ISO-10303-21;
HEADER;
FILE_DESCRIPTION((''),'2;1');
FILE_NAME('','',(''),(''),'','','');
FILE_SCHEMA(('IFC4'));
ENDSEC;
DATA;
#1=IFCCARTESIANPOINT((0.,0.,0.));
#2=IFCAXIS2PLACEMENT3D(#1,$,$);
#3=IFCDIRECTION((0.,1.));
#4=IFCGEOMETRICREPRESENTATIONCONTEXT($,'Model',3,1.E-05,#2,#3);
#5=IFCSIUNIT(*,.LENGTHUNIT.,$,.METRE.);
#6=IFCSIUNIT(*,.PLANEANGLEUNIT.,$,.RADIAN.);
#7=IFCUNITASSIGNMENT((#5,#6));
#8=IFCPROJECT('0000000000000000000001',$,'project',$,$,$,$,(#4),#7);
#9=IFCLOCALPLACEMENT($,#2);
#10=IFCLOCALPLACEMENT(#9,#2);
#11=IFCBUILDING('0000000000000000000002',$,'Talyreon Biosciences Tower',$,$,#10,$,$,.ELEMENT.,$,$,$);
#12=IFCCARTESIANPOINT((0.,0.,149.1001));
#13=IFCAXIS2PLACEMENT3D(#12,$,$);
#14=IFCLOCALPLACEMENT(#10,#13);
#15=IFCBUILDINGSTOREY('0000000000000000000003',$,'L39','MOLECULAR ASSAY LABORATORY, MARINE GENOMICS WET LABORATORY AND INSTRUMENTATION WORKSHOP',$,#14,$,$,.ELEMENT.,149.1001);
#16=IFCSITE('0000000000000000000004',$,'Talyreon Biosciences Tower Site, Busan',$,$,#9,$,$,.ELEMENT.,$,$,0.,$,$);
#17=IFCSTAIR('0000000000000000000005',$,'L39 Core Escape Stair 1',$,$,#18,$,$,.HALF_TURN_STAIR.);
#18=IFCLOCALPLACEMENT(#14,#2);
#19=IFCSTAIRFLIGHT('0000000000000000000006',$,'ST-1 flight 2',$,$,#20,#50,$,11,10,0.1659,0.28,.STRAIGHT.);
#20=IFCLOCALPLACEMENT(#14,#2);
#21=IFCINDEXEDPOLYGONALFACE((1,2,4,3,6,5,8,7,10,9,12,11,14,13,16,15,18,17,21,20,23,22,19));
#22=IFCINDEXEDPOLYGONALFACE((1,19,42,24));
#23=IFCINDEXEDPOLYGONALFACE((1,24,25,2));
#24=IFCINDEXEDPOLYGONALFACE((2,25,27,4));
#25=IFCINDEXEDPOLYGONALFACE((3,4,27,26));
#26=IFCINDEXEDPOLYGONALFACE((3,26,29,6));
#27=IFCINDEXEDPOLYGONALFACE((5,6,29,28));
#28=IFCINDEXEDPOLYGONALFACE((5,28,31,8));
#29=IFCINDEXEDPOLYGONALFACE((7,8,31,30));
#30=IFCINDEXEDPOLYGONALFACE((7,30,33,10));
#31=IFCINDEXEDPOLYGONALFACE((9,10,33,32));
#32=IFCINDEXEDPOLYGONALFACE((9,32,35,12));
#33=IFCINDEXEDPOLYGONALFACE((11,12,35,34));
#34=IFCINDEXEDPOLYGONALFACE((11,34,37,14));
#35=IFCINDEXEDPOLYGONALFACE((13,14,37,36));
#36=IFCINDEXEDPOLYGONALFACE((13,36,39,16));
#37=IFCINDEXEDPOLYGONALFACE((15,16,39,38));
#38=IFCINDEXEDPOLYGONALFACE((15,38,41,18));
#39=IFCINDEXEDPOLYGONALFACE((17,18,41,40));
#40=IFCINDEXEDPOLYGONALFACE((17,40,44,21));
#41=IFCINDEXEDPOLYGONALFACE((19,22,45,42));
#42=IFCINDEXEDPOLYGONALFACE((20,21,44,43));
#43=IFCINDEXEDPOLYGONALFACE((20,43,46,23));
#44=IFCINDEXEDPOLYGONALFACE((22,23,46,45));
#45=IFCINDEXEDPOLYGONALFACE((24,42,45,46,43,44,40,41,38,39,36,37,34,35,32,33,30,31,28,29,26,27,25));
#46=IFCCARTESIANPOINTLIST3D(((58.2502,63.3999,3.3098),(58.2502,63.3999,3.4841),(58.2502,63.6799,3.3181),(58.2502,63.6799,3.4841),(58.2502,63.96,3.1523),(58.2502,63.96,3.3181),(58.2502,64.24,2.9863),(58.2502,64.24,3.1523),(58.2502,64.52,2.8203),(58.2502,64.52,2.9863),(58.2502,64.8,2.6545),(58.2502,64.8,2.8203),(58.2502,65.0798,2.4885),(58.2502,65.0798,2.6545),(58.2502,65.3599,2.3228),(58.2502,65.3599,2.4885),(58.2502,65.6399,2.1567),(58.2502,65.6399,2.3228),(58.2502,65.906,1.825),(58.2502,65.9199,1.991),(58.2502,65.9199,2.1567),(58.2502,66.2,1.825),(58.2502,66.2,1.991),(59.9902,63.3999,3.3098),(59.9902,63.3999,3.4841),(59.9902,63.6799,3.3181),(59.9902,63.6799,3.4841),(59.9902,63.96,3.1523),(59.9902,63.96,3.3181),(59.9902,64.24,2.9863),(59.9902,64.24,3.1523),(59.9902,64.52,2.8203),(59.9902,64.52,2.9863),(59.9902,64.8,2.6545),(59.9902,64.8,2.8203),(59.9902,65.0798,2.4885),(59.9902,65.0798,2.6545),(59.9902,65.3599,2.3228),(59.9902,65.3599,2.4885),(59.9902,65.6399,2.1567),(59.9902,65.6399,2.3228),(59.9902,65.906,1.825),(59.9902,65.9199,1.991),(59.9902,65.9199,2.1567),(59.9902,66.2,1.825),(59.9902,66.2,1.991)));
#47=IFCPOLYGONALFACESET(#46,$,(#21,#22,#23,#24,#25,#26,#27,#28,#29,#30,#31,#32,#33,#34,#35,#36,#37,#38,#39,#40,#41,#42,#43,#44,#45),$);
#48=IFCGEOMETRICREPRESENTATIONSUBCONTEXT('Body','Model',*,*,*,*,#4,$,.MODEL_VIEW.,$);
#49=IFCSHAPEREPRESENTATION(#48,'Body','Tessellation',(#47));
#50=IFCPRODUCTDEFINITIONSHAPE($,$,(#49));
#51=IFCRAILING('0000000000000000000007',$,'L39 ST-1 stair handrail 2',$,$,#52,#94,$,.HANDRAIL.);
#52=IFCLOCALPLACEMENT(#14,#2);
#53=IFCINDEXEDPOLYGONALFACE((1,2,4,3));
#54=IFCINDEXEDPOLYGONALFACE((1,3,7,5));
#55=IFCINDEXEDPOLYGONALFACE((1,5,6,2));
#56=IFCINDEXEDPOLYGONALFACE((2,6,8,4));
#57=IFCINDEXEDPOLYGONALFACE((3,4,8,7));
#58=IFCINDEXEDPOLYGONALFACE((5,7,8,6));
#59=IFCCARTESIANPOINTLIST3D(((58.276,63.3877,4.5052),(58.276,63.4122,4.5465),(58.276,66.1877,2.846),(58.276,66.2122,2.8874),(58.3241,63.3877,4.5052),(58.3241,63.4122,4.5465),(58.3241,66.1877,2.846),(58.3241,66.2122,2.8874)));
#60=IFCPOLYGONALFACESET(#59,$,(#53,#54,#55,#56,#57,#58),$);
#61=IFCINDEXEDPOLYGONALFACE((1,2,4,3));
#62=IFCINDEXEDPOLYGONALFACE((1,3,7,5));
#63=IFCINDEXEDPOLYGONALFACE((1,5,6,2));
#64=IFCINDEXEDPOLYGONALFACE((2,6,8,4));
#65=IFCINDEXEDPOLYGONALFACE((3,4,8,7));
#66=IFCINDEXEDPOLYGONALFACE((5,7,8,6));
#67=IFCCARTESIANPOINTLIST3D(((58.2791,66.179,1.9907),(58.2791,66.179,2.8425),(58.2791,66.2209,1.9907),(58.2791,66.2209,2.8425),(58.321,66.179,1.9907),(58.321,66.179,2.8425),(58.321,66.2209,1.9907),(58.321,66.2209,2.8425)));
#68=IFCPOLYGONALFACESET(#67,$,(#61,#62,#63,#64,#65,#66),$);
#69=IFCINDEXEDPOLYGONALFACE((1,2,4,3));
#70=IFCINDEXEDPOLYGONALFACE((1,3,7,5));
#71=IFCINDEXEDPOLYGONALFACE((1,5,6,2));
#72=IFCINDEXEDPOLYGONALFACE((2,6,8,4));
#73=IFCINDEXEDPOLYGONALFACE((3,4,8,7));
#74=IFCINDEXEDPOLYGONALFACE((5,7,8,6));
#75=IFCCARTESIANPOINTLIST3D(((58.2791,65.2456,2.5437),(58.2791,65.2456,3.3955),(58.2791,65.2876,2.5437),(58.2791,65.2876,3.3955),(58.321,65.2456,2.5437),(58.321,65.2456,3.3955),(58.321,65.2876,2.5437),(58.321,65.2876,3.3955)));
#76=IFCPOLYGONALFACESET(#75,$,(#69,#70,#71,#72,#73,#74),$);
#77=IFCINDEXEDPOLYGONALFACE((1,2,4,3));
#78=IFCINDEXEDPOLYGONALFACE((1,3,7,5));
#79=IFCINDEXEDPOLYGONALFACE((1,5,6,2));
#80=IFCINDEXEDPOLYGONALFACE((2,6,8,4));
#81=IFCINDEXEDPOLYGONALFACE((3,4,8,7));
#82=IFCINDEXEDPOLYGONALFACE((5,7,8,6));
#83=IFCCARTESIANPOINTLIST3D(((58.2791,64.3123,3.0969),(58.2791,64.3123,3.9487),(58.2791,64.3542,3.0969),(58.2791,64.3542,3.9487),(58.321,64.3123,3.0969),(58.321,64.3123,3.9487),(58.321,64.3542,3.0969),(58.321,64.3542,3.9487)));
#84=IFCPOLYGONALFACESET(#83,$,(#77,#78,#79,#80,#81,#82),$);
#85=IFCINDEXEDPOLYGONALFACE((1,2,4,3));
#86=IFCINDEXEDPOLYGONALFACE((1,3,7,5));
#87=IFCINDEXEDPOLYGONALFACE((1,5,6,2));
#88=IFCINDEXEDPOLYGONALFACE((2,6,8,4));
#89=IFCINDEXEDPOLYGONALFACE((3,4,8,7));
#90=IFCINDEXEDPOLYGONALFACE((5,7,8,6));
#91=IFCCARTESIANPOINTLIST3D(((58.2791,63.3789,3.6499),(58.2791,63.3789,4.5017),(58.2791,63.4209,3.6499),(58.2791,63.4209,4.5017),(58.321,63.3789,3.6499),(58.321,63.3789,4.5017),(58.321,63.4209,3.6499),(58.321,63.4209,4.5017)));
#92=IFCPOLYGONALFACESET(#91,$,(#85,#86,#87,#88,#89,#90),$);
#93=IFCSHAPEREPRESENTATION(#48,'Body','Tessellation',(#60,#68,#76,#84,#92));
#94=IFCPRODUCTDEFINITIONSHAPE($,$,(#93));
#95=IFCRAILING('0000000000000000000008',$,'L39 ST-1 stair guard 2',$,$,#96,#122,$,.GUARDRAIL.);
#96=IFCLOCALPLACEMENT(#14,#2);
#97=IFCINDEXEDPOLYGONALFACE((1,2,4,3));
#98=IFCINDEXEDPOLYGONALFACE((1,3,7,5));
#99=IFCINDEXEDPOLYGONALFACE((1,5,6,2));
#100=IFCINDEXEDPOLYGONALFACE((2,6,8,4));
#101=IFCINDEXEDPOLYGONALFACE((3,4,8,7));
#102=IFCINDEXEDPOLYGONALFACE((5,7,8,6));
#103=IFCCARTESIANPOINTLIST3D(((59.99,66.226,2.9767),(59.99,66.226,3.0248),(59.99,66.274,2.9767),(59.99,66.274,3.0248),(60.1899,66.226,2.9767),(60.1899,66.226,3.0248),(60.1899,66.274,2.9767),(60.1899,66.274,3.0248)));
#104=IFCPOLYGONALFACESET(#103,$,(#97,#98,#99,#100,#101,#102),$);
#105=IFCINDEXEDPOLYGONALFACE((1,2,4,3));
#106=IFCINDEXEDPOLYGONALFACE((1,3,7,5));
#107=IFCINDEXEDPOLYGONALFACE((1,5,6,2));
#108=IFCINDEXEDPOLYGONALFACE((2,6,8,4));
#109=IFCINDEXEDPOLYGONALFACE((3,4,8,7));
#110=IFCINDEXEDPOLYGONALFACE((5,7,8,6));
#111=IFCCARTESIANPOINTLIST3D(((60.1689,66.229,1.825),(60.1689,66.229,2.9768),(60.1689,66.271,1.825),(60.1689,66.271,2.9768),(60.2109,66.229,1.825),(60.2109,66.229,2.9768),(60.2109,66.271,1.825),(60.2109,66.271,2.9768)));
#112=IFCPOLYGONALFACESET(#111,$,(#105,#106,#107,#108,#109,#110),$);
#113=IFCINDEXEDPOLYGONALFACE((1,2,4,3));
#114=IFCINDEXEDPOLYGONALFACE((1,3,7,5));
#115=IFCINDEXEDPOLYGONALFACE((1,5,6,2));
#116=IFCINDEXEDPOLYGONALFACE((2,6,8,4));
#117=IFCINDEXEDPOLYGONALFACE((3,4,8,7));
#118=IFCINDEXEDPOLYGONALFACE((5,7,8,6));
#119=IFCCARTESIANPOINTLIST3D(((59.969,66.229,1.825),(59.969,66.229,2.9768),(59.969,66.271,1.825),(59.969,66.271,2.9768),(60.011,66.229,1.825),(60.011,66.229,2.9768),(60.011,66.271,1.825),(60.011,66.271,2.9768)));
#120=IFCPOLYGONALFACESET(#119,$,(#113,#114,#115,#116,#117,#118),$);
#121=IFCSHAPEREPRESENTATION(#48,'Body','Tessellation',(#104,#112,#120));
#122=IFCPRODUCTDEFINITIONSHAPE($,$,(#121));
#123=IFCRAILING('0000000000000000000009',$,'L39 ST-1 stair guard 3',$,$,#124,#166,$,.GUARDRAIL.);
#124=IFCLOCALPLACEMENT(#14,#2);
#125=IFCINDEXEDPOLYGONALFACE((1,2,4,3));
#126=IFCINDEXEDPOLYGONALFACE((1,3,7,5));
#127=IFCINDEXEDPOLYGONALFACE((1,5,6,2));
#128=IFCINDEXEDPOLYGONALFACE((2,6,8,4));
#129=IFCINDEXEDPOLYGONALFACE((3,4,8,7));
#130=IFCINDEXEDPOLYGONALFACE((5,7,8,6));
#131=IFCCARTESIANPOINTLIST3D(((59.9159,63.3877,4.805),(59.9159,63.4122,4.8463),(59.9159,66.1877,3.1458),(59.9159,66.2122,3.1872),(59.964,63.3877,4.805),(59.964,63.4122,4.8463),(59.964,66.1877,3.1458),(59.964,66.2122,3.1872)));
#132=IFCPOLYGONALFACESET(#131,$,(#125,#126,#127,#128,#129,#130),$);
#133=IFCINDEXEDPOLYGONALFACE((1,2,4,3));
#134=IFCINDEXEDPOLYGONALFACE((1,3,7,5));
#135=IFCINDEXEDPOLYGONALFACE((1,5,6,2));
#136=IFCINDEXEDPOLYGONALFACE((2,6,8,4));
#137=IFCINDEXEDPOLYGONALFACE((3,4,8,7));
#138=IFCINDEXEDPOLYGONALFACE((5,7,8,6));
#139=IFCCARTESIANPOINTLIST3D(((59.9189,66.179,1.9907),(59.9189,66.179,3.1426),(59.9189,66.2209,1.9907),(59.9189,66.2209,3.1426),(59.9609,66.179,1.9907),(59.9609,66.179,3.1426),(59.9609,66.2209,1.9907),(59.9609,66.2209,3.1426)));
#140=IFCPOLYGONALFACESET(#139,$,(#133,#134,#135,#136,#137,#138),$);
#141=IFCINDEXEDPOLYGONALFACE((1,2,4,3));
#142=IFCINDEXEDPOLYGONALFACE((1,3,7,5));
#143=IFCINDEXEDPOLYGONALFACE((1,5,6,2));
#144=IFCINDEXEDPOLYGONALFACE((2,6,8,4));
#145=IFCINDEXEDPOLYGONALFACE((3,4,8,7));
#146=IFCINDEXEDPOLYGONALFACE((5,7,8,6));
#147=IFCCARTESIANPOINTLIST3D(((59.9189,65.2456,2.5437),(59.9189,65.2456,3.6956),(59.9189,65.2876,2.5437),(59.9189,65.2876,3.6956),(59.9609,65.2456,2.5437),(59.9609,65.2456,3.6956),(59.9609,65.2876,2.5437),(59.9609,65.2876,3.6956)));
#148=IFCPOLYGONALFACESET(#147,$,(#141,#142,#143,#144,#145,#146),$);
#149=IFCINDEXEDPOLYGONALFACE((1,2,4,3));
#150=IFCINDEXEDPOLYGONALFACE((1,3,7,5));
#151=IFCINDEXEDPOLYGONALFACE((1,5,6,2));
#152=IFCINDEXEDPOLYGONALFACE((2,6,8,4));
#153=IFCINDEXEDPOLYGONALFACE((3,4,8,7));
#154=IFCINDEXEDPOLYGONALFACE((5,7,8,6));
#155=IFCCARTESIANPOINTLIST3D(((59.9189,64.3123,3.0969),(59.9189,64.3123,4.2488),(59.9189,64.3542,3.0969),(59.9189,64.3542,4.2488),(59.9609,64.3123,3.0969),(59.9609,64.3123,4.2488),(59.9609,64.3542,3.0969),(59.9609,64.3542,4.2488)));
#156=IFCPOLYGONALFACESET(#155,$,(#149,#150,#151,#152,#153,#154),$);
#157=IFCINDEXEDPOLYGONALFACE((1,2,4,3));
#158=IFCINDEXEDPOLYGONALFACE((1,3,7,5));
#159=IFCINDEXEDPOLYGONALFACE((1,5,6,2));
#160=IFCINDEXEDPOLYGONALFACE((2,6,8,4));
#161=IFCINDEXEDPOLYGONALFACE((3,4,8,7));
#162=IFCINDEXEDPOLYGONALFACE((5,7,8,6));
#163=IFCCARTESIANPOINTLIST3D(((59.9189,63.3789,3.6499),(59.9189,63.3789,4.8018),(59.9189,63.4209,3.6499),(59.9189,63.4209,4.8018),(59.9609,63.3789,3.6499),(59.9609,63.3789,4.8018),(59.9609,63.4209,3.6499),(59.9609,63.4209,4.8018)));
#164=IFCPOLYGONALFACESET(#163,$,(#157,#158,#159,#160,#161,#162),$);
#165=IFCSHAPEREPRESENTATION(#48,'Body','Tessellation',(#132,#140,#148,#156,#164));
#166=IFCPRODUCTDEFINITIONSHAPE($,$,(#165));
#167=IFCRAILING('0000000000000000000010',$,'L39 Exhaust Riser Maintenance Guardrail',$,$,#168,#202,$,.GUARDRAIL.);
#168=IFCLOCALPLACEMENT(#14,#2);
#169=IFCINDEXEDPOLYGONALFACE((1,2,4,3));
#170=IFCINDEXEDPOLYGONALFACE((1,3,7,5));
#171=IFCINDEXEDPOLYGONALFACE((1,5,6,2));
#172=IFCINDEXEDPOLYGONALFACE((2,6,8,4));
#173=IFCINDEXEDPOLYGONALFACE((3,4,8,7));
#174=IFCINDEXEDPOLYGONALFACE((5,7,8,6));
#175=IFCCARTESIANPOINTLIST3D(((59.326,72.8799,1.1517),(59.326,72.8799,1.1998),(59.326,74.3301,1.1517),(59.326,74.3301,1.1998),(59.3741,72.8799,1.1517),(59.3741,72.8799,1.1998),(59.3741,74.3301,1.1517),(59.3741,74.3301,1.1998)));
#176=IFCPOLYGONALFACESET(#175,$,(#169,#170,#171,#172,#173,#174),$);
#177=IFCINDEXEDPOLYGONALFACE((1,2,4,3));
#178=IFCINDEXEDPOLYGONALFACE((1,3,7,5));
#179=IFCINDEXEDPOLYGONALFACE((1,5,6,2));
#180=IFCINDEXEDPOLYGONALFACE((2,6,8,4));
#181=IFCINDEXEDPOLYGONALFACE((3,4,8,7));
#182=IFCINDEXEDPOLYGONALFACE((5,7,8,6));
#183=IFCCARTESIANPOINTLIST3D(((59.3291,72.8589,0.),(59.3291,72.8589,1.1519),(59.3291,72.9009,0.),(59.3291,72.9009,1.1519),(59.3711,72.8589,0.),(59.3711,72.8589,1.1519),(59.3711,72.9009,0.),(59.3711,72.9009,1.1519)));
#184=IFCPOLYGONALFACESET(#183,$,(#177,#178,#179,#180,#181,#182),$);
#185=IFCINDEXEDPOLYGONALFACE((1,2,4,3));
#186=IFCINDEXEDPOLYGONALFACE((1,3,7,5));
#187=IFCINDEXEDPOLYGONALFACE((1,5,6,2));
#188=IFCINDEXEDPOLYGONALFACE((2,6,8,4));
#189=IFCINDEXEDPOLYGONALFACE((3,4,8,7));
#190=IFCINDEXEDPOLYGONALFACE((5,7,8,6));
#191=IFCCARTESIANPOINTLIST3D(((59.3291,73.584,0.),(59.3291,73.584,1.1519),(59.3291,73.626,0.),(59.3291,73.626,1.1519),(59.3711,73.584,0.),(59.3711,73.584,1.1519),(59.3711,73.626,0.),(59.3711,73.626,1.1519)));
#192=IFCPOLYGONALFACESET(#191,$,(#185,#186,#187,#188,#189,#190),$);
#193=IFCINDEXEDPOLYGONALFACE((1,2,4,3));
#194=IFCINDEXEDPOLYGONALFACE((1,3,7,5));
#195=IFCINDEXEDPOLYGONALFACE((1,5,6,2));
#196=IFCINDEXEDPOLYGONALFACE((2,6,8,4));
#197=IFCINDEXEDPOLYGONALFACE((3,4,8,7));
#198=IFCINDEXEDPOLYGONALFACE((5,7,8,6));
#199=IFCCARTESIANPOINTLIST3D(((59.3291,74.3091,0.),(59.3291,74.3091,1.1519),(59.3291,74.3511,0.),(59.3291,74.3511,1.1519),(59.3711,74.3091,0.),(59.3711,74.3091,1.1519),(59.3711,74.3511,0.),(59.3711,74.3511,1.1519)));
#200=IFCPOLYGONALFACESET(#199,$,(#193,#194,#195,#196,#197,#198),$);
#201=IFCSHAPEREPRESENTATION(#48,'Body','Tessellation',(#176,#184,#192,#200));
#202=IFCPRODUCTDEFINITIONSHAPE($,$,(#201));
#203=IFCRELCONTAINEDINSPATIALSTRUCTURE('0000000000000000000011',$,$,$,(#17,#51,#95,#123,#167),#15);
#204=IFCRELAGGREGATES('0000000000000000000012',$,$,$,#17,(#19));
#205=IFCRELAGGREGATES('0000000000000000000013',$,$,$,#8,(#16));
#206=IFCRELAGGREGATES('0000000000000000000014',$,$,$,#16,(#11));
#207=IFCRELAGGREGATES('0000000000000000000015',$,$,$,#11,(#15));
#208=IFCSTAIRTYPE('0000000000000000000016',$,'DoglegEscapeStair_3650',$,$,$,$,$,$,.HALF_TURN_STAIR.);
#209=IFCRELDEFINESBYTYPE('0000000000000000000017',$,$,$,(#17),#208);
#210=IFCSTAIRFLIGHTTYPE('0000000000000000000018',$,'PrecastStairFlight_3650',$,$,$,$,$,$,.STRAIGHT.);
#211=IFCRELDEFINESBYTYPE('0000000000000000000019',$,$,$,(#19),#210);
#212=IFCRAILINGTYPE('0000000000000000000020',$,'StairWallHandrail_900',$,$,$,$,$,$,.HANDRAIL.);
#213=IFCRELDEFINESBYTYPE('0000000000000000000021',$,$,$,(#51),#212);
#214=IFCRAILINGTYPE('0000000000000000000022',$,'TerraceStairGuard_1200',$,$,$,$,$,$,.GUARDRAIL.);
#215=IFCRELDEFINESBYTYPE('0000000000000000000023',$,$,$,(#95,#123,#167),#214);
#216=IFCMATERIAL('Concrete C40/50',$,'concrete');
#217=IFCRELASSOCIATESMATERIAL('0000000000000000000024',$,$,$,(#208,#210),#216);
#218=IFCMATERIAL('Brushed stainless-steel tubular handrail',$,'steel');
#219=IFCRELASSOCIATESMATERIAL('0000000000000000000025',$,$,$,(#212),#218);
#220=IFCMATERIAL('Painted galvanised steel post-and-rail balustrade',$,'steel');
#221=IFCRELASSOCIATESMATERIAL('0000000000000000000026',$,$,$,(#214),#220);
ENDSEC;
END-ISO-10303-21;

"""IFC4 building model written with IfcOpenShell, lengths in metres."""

from ifc_helpers import new_model, si_unit, direction, frame, origin, origin_2d, place, context, subcontext, project, spatial, polyline, rectangle, outline, extrude, material, type_object, element, aggregate, save


model = new_model("IFC4")

# Units and contexts
model_context = context("Model", 3, precision=1e-05, world=origin(), true_north=direction((0.0, 1.0)))
body_context = subcontext(model_context, "Body", "Model", "MODEL_VIEW")
ifc_project = project(units=[si_unit("LENGTHUNIT", "METRE"), si_unit("PLANEANGLEUNIT", "RADIAN")], contexts=[model_context])

# Site, building, storey
site_placement = place(None, origin())
site = spatial("IfcSite", under=ifc_project, at=site_placement, Name="Talyreon Biosciences Tower Site, Busan", CompositionType="ELEMENT", RefElevation=0.0)
building_placement = place(site_placement, origin())
building = spatial("IfcBuilding", under=site, at=building_placement, Name="Talyreon Biosciences Tower", CompositionType="ELEMENT")
storey_placement = place(building_placement, frame((0.0, 0.0, 149.1001)))
storey = spatial("IfcBuildingStorey", under=building, at=storey_placement, Name="L39", Description="MOLECULAR ASSAY LABORATORY, MARINE GENOMICS WET LABORATORY AND INSTRUMENTATION WORKSHOP", CompositionType="ELEMENT", Elevation=149.1001)

# Stair, stair flight
ifc_material_1 = material(Name="Concrete C40/50", Category="concrete")
stair_type = type_object("IfcStairType", Name="DoglegEscapeStair_3650", PredefinedType="HALF_TURN_STAIR", material=ifc_material_1)
stair_placement = place(storey_placement, origin())
stair = element("IfcStair", 1, at=stair_placement, inside=storey, type_object=stair_type, Name="L39 Core Escape Stair 1", PredefinedType="HALF_TURN_STAIR")
stair_flight_type = type_object("IfcStairFlightType", Name="PrecastStairFlight_3650", PredefinedType="STRAIGHT", material=ifc_material_1)
stair_flight_placement = place(storey_placement, frame((59.1201, 66.2, 1.825), z_axis=(0.0, 0.0, 1.0), x_axis=(0.0, -1.0, 0.0)))
stair_flight = element("IfcStairFlight", 2, at=stair_flight_placement, type_object=stair_flight_type, Name="ST-1 flight 2", NumberOfRisers=11, NumberOfTreads=10, PredefinedType="STRAIGHT", RiserHeight=0.1659, TreadLength=0.28, context=body_context, shape_type="SweptSolid", body=[
    extrude(outline(polyline([(0.0, 0.0), (0.0, 0.166), (0.28, 0.166), (0.28, 0.3318), (0.5601, 0.3318), (0.5601, 0.4978), (0.8401, 0.4978), (0.8401, 0.6636), (1.1201, 0.6636), (1.1201, 0.8296), (1.3999, 0.8296), (1.3999, 0.9954), (1.6799, 0.9954), (1.6799, 1.1614), (1.96, 1.1614), (1.96, 1.3274), (2.24, 1.3274), (2.24, 1.4932), (2.52, 1.4932), (2.52, 1.6592), (2.8, 1.6592), (2.8, 1.825), (2.8, 1.4849), (0.2939, 0.0), (0.0, 0.0)])), frame((0.0, 0.8701, 0.0), z_axis=(0.0, -1.0, 0.0), x_axis=(1.0, 0.0, 0.0)), (0.0, 0.0, 1.0), 1.74),
])
aggregate(stair, [stair_flight])

# Railings
ifc_material_2 = material(Name="Brushed stainless-steel tubular handrail", Category="steel")
railing_type_1 = type_object("IfcRailingType", Name="StairWallHandrail_900", PredefinedType="HANDRAIL", material=ifc_material_2)
railing_1_placement = place(storey_placement, frame((58.3, 66.2, 1.9907)))
element("IfcRailing", 3, at=railing_1_placement, inside=storey, type_object=railing_type_1, Name="L39 ST-1 stair handrail 2", PredefinedType="HANDRAIL", context=body_context, shape_type="SweptSolid", body=[
    extrude(rectangle(XDim=0.0481, YDim=0.0481, at=origin_2d()), frame((0.0, 0.0, 0.876), z_axis=(0.0, -0.860306, 0.509778), x_axis=(1.0, 0.0, 0.0)), (0.0, 0.0, 1.0), 3.2546),
    extrude(rectangle(XDim=0.042, YDim=0.042, at=origin_2d()), origin(), (0.0, 0.0, 1.0), 0.8518),
    extrude(rectangle(XDim=0.042, YDim=0.042, at=origin_2d()), frame((0.0, -0.9333, 0.553)), (0.0, 0.0, 1.0), 0.8518),
    extrude(rectangle(XDim=0.042, YDim=0.042, at=origin_2d()), frame((0.0, -1.8667, 1.1062)), (0.0, 0.0, 1.0), 0.8518),
    extrude(rectangle(XDim=0.042, YDim=0.042, at=origin_2d()), frame((0.0, -2.8, 1.6592)), (0.0, 0.0, 1.0), 0.8518),
])
ifc_material_3 = material(Name="Painted galvanised steel post-and-rail balustrade", Category="steel")
railing_type_2 = type_object("IfcRailingType", Name="TerraceStairGuard_1200", PredefinedType="GUARDRAIL", material=ifc_material_3)
railing_2_placement = place(storey_placement, frame((60.1899, 66.25, 1.825)))
element("IfcRailing", 4, at=railing_2_placement, inside=storey, type_object=railing_type_2, Name="L39 ST-1 stair guard 2", PredefinedType="GUARDRAIL", context=body_context, shape_type="SweptSolid", body=[
    extrude(rectangle(XDim=0.0481, YDim=0.0481, at=origin_2d()), frame((0.0, 0.0, 1.1758), z_axis=(-1.0, 0.0, 0.0), x_axis=(0.0, -1.0, 0.0)), (0.0, 0.0, 1.0), 0.2),
    extrude(rectangle(XDim=0.042, YDim=0.042, at=origin_2d()), origin(), (0.0, 0.0, 1.0), 1.1519),
    extrude(rectangle(XDim=0.042, YDim=0.042, at=origin_2d()), frame((-0.2, 0.0, 0.0)), (0.0, 0.0, 1.0), 1.1519),
])
railing_3_placement = place(storey_placement, frame((59.9399, 66.2, 1.9907)))
element("IfcRailing", 5, at=railing_3_placement, inside=storey, type_object=railing_type_2, Name="L39 ST-1 stair guard 3", PredefinedType="GUARDRAIL", context=body_context, shape_type="SweptSolid", body=[
    extrude(rectangle(XDim=0.0481, YDim=0.0481, at=origin_2d()), frame((0.0, 0.0, 1.1758), z_axis=(0.0, -0.860306, 0.509778), x_axis=(1.0, 0.0, 0.0)), (0.0, 0.0, 1.0), 3.2546),
    extrude(rectangle(XDim=0.042, YDim=0.042, at=origin_2d()), origin(), (0.0, 0.0, 1.0), 1.1519),
    extrude(rectangle(XDim=0.042, YDim=0.042, at=origin_2d()), frame((0.0, -0.9333, 0.553)), (0.0, 0.0, 1.0), 1.1519),
    extrude(rectangle(XDim=0.042, YDim=0.042, at=origin_2d()), frame((0.0, -1.8667, 1.1062)), (0.0, 0.0, 1.0), 1.1519),
    extrude(rectangle(XDim=0.042, YDim=0.042, at=origin_2d()), frame((0.0, -2.8, 1.6592)), (0.0, 0.0, 1.0), 1.1519),
])
railing_4_placement = place(storey_placement, frame((59.3501, 72.8799, 0.0)))
element("IfcRailing", 6, at=railing_4_placement, inside=storey, type_object=railing_type_2, Name="L39 Exhaust Riser Maintenance Guardrail", PredefinedType="GUARDRAIL", context=body_context, shape_type="SweptSolid", body=[
    extrude(rectangle(XDim=0.0481, YDim=0.0481, at=origin_2d()), frame((0.0, 0.0, 1.1758), z_axis=(0.0, 1.0, 0.0), x_axis=(-1.0, 0.0, 0.0)), (0.0, 0.0, 1.0), 1.4502),
    extrude(rectangle(XDim=0.042, YDim=0.042, at=origin_2d()), origin(), (0.0, 0.0, 1.0), 1.1519),
    extrude(rectangle(XDim=0.042, YDim=0.042, at=origin_2d()), frame((0.0, 0.7251, 0.0)), (0.0, 0.0, 1.0), 1.1519),
    extrude(rectangle(XDim=0.042, YDim=0.042, at=origin_2d()), frame((0.0, 1.4502, 0.0)), (0.0, 0.0, 1.0), 1.1519),
])

save(model, "model.ifc")
